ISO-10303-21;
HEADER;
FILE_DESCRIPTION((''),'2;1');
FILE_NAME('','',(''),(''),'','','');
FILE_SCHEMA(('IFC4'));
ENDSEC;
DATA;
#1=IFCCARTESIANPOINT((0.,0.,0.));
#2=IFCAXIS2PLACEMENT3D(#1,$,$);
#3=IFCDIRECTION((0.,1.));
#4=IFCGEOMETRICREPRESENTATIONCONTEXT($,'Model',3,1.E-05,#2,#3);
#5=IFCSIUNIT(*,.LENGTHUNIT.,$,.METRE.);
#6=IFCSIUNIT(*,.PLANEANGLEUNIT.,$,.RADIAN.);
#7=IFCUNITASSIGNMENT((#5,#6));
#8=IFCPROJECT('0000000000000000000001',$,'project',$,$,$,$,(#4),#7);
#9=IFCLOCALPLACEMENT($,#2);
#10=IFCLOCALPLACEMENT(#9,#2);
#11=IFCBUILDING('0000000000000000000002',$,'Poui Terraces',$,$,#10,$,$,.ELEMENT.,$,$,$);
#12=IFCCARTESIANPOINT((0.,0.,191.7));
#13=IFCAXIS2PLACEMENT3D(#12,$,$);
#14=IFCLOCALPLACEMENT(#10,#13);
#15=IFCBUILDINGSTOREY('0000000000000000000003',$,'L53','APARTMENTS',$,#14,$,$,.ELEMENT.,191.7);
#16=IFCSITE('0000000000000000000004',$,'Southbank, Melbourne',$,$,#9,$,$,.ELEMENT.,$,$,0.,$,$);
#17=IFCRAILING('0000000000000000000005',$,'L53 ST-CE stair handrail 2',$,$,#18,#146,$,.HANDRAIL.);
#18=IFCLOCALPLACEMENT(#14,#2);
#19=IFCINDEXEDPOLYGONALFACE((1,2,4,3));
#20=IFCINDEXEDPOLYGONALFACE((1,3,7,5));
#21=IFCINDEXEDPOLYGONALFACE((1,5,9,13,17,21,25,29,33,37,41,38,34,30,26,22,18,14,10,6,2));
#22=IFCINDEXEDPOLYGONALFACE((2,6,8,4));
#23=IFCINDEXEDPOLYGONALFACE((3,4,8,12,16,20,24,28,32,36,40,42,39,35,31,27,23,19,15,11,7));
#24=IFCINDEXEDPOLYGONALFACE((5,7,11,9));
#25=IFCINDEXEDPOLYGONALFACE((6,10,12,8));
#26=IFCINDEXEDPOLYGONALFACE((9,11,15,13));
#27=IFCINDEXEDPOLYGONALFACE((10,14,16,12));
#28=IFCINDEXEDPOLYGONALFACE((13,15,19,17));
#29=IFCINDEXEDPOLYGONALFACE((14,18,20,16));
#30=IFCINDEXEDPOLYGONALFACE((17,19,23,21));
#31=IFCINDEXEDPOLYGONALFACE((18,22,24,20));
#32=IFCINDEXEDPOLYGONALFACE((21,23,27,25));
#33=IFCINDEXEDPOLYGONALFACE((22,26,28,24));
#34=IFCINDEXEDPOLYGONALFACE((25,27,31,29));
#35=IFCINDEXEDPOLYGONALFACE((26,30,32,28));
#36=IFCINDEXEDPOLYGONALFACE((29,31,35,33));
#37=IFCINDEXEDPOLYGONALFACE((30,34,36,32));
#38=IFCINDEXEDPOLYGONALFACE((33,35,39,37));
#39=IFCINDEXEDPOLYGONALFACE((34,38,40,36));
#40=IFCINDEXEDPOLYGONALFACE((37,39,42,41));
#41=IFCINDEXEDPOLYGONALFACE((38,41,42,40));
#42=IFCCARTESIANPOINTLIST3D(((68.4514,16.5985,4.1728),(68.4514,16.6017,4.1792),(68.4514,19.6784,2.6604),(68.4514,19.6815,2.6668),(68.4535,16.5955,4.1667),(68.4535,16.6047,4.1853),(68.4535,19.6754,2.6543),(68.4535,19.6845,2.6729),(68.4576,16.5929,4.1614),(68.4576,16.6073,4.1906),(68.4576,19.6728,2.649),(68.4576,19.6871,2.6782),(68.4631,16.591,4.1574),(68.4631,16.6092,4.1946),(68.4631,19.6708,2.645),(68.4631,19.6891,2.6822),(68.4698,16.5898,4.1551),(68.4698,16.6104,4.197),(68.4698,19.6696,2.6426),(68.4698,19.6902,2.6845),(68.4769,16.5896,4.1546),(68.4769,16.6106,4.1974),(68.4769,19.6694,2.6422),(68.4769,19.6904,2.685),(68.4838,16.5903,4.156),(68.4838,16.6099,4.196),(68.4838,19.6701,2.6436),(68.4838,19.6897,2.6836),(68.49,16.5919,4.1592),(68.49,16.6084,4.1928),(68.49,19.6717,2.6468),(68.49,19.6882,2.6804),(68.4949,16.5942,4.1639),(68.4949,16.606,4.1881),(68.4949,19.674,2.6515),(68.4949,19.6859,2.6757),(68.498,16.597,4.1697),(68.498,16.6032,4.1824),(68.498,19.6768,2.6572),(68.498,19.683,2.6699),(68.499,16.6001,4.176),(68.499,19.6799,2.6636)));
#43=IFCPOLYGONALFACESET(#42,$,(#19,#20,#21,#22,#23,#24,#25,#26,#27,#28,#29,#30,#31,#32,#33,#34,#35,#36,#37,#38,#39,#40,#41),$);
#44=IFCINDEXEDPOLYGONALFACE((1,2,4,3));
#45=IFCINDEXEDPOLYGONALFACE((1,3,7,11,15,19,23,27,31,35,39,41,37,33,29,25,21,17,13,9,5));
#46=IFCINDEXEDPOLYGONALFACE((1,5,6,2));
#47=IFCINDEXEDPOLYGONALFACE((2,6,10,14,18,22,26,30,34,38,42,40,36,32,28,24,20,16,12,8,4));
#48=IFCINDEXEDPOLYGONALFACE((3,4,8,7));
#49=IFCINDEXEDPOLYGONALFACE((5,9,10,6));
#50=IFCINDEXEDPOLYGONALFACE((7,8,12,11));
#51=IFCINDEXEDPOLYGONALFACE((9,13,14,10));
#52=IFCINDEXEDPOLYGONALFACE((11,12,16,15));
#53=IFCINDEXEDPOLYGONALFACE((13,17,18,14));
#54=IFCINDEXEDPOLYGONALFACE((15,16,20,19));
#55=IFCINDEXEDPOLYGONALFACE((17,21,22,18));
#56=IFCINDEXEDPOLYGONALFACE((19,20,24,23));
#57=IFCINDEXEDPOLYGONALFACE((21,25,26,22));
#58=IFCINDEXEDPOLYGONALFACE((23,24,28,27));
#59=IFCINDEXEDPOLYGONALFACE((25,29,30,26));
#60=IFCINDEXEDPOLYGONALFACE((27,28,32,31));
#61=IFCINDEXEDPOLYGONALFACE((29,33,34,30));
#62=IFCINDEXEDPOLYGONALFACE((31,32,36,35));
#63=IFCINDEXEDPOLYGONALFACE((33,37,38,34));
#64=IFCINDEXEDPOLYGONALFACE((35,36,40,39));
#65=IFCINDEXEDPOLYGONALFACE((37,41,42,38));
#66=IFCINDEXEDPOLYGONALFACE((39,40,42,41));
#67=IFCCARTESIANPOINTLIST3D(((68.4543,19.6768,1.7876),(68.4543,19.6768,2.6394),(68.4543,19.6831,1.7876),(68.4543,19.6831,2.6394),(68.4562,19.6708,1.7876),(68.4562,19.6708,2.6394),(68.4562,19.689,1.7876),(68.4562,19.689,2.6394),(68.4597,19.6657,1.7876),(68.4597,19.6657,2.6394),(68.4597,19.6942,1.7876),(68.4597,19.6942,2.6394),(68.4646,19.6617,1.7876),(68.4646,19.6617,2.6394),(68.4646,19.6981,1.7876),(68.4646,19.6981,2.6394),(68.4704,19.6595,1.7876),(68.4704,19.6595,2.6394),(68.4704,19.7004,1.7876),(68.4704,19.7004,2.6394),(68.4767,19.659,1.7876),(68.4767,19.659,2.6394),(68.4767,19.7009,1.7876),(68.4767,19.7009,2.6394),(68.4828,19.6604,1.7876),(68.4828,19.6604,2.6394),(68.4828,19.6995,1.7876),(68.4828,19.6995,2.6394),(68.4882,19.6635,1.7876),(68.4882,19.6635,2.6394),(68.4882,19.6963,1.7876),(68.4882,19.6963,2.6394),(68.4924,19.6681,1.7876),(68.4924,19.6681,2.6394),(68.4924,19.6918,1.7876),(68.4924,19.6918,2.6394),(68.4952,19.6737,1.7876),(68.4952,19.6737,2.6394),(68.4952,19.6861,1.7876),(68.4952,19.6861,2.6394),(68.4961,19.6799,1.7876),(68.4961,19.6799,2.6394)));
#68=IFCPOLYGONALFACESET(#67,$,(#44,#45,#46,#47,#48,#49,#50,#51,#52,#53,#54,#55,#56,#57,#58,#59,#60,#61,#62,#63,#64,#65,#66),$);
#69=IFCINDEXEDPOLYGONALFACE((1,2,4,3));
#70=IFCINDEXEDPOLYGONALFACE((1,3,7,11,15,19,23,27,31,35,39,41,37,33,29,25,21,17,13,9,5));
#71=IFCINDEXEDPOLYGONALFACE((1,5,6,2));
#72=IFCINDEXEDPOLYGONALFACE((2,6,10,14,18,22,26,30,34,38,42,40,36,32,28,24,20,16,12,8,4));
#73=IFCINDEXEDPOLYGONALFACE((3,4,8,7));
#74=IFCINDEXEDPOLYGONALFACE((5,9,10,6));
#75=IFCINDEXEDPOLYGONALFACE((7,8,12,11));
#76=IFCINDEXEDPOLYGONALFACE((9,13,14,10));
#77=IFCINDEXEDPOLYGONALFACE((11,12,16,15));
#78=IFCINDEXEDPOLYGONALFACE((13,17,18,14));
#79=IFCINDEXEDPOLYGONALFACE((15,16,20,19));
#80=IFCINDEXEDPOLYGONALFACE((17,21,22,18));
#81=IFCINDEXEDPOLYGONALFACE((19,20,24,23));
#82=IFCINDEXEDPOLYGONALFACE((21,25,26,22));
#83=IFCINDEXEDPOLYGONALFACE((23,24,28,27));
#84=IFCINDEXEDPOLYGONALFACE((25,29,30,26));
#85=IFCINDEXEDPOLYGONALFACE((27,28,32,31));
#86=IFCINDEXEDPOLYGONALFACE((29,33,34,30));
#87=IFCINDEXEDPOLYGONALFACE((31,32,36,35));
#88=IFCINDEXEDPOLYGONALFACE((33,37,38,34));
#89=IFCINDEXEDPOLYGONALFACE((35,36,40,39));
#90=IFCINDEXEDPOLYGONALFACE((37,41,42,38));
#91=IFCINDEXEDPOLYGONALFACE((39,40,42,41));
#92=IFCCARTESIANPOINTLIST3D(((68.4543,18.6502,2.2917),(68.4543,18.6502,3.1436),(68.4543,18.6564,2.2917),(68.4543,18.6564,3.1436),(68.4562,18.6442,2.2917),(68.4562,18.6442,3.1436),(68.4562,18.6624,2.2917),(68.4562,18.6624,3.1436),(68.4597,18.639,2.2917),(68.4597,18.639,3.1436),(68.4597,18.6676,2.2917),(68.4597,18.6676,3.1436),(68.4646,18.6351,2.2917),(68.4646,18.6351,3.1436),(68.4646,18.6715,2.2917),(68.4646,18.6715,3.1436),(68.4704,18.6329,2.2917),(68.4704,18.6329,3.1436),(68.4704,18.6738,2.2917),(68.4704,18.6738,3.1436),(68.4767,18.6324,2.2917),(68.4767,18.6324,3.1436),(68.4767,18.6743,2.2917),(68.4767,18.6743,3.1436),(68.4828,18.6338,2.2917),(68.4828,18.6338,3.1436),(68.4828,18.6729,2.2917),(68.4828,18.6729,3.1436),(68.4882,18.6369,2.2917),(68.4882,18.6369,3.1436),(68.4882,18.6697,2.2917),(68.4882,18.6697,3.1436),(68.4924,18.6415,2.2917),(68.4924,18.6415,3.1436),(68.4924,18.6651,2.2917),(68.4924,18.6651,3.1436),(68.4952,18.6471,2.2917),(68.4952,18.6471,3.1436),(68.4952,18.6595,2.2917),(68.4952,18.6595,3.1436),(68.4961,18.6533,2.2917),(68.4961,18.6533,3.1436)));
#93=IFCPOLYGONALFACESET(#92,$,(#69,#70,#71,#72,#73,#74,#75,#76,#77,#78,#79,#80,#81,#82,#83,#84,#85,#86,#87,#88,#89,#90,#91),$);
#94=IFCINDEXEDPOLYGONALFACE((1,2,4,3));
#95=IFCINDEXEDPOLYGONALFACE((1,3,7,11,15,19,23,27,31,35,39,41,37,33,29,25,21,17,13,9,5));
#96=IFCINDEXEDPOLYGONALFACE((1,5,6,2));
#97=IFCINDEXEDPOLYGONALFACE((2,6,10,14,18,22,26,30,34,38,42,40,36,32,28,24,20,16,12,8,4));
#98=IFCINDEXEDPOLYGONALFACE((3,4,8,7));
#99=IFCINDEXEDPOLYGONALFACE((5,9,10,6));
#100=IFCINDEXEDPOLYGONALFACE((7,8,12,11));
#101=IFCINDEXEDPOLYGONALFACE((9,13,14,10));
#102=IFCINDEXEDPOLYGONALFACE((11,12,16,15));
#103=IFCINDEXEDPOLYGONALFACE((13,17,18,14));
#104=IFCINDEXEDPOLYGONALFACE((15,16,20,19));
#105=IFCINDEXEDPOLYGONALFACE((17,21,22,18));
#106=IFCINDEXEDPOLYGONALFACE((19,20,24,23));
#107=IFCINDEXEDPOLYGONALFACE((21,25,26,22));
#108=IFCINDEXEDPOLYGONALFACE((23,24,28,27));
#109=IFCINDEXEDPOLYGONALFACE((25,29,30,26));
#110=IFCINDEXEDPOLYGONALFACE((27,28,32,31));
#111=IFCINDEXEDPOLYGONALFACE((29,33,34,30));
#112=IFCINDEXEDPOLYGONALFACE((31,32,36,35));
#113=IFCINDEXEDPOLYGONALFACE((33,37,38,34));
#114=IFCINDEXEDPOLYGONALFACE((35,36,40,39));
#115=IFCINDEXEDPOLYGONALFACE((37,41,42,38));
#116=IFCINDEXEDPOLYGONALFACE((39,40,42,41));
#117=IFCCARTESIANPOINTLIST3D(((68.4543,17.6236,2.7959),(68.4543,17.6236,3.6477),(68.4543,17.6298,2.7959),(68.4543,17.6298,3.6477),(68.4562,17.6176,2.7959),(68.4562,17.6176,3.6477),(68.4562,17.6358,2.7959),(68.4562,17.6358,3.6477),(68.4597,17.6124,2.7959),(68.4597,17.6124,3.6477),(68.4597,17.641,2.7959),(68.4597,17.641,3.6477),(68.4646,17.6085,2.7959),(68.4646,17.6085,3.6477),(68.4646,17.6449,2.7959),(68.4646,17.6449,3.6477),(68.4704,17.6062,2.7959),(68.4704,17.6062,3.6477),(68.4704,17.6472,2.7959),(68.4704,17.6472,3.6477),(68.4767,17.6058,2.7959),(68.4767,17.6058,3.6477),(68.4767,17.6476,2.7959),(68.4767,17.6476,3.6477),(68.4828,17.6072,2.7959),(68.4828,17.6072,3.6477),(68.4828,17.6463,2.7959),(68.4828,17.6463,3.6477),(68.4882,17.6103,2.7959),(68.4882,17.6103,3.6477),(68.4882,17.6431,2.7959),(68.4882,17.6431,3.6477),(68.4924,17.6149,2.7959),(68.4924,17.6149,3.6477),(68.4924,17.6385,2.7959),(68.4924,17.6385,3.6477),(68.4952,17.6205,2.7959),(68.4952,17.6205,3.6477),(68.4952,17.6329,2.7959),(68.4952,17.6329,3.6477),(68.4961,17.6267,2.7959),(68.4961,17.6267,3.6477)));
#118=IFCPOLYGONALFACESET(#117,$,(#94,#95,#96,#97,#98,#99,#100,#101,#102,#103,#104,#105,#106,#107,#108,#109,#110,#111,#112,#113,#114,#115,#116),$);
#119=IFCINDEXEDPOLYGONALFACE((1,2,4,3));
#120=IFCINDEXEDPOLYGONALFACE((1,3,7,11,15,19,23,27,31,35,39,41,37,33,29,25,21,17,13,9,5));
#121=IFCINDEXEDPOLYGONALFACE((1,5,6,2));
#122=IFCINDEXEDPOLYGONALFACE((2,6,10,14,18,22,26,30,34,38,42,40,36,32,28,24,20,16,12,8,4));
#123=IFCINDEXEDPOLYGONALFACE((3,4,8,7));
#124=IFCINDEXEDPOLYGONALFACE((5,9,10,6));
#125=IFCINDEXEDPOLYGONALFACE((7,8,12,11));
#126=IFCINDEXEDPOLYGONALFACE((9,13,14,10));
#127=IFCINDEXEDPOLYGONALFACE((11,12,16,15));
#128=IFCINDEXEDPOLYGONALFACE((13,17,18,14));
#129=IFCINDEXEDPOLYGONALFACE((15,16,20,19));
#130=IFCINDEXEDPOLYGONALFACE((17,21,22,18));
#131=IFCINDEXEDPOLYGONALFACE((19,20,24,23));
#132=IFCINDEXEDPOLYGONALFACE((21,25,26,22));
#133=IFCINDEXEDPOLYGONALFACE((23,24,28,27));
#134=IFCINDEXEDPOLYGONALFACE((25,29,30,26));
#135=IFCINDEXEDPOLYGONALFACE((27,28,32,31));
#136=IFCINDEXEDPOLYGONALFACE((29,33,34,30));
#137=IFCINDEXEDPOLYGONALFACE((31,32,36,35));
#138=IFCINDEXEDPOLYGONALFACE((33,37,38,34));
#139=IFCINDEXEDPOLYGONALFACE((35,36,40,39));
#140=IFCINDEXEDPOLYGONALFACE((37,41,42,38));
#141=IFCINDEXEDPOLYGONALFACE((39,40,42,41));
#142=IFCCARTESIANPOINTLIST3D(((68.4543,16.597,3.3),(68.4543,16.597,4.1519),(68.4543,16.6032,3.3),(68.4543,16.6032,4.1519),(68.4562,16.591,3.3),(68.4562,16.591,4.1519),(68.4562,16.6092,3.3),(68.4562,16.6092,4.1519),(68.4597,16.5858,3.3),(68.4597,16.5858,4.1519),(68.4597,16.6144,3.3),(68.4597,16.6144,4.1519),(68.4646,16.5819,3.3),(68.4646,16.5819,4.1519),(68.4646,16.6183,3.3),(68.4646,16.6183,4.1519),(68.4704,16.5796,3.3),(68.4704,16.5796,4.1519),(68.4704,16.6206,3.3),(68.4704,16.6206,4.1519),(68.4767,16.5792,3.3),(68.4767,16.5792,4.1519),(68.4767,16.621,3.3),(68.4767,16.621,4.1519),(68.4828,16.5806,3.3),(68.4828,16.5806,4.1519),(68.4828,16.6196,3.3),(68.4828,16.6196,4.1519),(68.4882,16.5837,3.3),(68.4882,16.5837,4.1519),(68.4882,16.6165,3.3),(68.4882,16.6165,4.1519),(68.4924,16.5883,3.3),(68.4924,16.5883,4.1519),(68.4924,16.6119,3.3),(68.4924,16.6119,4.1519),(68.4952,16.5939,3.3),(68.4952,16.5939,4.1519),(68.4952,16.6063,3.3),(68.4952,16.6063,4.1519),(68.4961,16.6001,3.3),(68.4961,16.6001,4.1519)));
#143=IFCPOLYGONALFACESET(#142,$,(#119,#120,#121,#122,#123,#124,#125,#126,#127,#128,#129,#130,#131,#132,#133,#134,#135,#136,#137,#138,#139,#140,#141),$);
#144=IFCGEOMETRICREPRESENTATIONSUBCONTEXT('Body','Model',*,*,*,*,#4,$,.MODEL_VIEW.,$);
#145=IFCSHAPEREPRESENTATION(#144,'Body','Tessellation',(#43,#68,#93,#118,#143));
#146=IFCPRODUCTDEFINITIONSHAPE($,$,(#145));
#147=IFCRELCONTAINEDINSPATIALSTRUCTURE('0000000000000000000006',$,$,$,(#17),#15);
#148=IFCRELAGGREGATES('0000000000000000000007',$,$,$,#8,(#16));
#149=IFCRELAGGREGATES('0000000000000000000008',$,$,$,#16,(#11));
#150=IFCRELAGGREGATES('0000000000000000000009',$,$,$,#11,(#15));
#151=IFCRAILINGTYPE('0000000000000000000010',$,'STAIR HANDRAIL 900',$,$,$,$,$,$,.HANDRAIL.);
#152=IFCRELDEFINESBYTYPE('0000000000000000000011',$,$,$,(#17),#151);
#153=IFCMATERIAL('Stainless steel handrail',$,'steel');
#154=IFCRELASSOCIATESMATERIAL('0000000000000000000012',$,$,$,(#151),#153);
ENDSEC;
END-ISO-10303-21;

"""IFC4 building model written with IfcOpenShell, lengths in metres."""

from ifc_helpers import new_model, si_unit, direction, frame, origin, origin_2d, place, context, subcontext, project, spatial, circle, extrude, material, type_object, element, save


model = new_model("IFC4")

# Units and contexts
model_context = context("Model", 3, precision=1e-05, world=origin(), true_north=direction((0.0, 1.0)))
body_context = subcontext(model_context, "Body", "Model", "MODEL_VIEW")
ifc_project = project(units=[si_unit("LENGTHUNIT", "METRE"), si_unit("PLANEANGLEUNIT", "RADIAN")], contexts=[model_context])

# Site, building, storey
site_placement = place(None, origin())
site = spatial("IfcSite", under=ifc_project, at=site_placement, Name="Southbank, Melbourne", CompositionType="ELEMENT", RefElevation=0.0)
building_placement = place(site_placement, origin())
building = spatial("IfcBuilding", under=site, at=building_placement, Name="Poui Terraces", CompositionType="ELEMENT")
storey_placement = place(building_placement, frame((0.0, 0.0, 191.7)))
storey = spatial("IfcBuildingStorey", under=building, at=storey_placement, Name="L53", Description="APARTMENTS", CompositionType="ELEMENT", Elevation=191.7)

# Railing
ifc_material_1 = material(Name="Stainless steel handrail", Category="steel")
railing_type_1 = type_object("IfcRailingType", Name="STAIR HANDRAIL 900", PredefinedType="HANDRAIL", material=ifc_material_1)
railing_1_placement = place(storey_placement, frame((68.4751, 19.6799, 1.7876)))
element("IfcRailing", 1, at=railing_1_placement, inside=storey, type_object=railing_type_1, Name="L53 ST-CE stair handrail 2", PredefinedType="HANDRAIL", context=body_context, shape_type="SweptSolid", body=[
    extrude(circle(Radius=0.0239, at=origin_2d()), frame((0.0, 0.0, 0.876), z_axis=(0.0, -0.897606, 0.440798), x_axis=(1.0, 0.0, 0.0)), (0.0, 0.0, 1.0), 3.4312),
    extrude(circle(Radius=0.021, at=origin_2d()), origin(), (0.0, 0.0, 1.0), 0.8518),
    extrude(circle(Radius=0.021, at=origin_2d()), frame((0.0, -1.0266, 0.5042)), (0.0, 0.0, 1.0), 0.8518),
    extrude(circle(Radius=0.021, at=origin_2d()), frame((0.0, -2.0532, 1.0083)), (0.0, 0.0, 1.0), 0.8518),
    extrude(circle(Radius=0.021, at=origin_2d()), frame((0.0, -3.0798, 1.5125)), (0.0, 0.0, 1.0), 0.8518),
])

save(model, "model.ifc")
